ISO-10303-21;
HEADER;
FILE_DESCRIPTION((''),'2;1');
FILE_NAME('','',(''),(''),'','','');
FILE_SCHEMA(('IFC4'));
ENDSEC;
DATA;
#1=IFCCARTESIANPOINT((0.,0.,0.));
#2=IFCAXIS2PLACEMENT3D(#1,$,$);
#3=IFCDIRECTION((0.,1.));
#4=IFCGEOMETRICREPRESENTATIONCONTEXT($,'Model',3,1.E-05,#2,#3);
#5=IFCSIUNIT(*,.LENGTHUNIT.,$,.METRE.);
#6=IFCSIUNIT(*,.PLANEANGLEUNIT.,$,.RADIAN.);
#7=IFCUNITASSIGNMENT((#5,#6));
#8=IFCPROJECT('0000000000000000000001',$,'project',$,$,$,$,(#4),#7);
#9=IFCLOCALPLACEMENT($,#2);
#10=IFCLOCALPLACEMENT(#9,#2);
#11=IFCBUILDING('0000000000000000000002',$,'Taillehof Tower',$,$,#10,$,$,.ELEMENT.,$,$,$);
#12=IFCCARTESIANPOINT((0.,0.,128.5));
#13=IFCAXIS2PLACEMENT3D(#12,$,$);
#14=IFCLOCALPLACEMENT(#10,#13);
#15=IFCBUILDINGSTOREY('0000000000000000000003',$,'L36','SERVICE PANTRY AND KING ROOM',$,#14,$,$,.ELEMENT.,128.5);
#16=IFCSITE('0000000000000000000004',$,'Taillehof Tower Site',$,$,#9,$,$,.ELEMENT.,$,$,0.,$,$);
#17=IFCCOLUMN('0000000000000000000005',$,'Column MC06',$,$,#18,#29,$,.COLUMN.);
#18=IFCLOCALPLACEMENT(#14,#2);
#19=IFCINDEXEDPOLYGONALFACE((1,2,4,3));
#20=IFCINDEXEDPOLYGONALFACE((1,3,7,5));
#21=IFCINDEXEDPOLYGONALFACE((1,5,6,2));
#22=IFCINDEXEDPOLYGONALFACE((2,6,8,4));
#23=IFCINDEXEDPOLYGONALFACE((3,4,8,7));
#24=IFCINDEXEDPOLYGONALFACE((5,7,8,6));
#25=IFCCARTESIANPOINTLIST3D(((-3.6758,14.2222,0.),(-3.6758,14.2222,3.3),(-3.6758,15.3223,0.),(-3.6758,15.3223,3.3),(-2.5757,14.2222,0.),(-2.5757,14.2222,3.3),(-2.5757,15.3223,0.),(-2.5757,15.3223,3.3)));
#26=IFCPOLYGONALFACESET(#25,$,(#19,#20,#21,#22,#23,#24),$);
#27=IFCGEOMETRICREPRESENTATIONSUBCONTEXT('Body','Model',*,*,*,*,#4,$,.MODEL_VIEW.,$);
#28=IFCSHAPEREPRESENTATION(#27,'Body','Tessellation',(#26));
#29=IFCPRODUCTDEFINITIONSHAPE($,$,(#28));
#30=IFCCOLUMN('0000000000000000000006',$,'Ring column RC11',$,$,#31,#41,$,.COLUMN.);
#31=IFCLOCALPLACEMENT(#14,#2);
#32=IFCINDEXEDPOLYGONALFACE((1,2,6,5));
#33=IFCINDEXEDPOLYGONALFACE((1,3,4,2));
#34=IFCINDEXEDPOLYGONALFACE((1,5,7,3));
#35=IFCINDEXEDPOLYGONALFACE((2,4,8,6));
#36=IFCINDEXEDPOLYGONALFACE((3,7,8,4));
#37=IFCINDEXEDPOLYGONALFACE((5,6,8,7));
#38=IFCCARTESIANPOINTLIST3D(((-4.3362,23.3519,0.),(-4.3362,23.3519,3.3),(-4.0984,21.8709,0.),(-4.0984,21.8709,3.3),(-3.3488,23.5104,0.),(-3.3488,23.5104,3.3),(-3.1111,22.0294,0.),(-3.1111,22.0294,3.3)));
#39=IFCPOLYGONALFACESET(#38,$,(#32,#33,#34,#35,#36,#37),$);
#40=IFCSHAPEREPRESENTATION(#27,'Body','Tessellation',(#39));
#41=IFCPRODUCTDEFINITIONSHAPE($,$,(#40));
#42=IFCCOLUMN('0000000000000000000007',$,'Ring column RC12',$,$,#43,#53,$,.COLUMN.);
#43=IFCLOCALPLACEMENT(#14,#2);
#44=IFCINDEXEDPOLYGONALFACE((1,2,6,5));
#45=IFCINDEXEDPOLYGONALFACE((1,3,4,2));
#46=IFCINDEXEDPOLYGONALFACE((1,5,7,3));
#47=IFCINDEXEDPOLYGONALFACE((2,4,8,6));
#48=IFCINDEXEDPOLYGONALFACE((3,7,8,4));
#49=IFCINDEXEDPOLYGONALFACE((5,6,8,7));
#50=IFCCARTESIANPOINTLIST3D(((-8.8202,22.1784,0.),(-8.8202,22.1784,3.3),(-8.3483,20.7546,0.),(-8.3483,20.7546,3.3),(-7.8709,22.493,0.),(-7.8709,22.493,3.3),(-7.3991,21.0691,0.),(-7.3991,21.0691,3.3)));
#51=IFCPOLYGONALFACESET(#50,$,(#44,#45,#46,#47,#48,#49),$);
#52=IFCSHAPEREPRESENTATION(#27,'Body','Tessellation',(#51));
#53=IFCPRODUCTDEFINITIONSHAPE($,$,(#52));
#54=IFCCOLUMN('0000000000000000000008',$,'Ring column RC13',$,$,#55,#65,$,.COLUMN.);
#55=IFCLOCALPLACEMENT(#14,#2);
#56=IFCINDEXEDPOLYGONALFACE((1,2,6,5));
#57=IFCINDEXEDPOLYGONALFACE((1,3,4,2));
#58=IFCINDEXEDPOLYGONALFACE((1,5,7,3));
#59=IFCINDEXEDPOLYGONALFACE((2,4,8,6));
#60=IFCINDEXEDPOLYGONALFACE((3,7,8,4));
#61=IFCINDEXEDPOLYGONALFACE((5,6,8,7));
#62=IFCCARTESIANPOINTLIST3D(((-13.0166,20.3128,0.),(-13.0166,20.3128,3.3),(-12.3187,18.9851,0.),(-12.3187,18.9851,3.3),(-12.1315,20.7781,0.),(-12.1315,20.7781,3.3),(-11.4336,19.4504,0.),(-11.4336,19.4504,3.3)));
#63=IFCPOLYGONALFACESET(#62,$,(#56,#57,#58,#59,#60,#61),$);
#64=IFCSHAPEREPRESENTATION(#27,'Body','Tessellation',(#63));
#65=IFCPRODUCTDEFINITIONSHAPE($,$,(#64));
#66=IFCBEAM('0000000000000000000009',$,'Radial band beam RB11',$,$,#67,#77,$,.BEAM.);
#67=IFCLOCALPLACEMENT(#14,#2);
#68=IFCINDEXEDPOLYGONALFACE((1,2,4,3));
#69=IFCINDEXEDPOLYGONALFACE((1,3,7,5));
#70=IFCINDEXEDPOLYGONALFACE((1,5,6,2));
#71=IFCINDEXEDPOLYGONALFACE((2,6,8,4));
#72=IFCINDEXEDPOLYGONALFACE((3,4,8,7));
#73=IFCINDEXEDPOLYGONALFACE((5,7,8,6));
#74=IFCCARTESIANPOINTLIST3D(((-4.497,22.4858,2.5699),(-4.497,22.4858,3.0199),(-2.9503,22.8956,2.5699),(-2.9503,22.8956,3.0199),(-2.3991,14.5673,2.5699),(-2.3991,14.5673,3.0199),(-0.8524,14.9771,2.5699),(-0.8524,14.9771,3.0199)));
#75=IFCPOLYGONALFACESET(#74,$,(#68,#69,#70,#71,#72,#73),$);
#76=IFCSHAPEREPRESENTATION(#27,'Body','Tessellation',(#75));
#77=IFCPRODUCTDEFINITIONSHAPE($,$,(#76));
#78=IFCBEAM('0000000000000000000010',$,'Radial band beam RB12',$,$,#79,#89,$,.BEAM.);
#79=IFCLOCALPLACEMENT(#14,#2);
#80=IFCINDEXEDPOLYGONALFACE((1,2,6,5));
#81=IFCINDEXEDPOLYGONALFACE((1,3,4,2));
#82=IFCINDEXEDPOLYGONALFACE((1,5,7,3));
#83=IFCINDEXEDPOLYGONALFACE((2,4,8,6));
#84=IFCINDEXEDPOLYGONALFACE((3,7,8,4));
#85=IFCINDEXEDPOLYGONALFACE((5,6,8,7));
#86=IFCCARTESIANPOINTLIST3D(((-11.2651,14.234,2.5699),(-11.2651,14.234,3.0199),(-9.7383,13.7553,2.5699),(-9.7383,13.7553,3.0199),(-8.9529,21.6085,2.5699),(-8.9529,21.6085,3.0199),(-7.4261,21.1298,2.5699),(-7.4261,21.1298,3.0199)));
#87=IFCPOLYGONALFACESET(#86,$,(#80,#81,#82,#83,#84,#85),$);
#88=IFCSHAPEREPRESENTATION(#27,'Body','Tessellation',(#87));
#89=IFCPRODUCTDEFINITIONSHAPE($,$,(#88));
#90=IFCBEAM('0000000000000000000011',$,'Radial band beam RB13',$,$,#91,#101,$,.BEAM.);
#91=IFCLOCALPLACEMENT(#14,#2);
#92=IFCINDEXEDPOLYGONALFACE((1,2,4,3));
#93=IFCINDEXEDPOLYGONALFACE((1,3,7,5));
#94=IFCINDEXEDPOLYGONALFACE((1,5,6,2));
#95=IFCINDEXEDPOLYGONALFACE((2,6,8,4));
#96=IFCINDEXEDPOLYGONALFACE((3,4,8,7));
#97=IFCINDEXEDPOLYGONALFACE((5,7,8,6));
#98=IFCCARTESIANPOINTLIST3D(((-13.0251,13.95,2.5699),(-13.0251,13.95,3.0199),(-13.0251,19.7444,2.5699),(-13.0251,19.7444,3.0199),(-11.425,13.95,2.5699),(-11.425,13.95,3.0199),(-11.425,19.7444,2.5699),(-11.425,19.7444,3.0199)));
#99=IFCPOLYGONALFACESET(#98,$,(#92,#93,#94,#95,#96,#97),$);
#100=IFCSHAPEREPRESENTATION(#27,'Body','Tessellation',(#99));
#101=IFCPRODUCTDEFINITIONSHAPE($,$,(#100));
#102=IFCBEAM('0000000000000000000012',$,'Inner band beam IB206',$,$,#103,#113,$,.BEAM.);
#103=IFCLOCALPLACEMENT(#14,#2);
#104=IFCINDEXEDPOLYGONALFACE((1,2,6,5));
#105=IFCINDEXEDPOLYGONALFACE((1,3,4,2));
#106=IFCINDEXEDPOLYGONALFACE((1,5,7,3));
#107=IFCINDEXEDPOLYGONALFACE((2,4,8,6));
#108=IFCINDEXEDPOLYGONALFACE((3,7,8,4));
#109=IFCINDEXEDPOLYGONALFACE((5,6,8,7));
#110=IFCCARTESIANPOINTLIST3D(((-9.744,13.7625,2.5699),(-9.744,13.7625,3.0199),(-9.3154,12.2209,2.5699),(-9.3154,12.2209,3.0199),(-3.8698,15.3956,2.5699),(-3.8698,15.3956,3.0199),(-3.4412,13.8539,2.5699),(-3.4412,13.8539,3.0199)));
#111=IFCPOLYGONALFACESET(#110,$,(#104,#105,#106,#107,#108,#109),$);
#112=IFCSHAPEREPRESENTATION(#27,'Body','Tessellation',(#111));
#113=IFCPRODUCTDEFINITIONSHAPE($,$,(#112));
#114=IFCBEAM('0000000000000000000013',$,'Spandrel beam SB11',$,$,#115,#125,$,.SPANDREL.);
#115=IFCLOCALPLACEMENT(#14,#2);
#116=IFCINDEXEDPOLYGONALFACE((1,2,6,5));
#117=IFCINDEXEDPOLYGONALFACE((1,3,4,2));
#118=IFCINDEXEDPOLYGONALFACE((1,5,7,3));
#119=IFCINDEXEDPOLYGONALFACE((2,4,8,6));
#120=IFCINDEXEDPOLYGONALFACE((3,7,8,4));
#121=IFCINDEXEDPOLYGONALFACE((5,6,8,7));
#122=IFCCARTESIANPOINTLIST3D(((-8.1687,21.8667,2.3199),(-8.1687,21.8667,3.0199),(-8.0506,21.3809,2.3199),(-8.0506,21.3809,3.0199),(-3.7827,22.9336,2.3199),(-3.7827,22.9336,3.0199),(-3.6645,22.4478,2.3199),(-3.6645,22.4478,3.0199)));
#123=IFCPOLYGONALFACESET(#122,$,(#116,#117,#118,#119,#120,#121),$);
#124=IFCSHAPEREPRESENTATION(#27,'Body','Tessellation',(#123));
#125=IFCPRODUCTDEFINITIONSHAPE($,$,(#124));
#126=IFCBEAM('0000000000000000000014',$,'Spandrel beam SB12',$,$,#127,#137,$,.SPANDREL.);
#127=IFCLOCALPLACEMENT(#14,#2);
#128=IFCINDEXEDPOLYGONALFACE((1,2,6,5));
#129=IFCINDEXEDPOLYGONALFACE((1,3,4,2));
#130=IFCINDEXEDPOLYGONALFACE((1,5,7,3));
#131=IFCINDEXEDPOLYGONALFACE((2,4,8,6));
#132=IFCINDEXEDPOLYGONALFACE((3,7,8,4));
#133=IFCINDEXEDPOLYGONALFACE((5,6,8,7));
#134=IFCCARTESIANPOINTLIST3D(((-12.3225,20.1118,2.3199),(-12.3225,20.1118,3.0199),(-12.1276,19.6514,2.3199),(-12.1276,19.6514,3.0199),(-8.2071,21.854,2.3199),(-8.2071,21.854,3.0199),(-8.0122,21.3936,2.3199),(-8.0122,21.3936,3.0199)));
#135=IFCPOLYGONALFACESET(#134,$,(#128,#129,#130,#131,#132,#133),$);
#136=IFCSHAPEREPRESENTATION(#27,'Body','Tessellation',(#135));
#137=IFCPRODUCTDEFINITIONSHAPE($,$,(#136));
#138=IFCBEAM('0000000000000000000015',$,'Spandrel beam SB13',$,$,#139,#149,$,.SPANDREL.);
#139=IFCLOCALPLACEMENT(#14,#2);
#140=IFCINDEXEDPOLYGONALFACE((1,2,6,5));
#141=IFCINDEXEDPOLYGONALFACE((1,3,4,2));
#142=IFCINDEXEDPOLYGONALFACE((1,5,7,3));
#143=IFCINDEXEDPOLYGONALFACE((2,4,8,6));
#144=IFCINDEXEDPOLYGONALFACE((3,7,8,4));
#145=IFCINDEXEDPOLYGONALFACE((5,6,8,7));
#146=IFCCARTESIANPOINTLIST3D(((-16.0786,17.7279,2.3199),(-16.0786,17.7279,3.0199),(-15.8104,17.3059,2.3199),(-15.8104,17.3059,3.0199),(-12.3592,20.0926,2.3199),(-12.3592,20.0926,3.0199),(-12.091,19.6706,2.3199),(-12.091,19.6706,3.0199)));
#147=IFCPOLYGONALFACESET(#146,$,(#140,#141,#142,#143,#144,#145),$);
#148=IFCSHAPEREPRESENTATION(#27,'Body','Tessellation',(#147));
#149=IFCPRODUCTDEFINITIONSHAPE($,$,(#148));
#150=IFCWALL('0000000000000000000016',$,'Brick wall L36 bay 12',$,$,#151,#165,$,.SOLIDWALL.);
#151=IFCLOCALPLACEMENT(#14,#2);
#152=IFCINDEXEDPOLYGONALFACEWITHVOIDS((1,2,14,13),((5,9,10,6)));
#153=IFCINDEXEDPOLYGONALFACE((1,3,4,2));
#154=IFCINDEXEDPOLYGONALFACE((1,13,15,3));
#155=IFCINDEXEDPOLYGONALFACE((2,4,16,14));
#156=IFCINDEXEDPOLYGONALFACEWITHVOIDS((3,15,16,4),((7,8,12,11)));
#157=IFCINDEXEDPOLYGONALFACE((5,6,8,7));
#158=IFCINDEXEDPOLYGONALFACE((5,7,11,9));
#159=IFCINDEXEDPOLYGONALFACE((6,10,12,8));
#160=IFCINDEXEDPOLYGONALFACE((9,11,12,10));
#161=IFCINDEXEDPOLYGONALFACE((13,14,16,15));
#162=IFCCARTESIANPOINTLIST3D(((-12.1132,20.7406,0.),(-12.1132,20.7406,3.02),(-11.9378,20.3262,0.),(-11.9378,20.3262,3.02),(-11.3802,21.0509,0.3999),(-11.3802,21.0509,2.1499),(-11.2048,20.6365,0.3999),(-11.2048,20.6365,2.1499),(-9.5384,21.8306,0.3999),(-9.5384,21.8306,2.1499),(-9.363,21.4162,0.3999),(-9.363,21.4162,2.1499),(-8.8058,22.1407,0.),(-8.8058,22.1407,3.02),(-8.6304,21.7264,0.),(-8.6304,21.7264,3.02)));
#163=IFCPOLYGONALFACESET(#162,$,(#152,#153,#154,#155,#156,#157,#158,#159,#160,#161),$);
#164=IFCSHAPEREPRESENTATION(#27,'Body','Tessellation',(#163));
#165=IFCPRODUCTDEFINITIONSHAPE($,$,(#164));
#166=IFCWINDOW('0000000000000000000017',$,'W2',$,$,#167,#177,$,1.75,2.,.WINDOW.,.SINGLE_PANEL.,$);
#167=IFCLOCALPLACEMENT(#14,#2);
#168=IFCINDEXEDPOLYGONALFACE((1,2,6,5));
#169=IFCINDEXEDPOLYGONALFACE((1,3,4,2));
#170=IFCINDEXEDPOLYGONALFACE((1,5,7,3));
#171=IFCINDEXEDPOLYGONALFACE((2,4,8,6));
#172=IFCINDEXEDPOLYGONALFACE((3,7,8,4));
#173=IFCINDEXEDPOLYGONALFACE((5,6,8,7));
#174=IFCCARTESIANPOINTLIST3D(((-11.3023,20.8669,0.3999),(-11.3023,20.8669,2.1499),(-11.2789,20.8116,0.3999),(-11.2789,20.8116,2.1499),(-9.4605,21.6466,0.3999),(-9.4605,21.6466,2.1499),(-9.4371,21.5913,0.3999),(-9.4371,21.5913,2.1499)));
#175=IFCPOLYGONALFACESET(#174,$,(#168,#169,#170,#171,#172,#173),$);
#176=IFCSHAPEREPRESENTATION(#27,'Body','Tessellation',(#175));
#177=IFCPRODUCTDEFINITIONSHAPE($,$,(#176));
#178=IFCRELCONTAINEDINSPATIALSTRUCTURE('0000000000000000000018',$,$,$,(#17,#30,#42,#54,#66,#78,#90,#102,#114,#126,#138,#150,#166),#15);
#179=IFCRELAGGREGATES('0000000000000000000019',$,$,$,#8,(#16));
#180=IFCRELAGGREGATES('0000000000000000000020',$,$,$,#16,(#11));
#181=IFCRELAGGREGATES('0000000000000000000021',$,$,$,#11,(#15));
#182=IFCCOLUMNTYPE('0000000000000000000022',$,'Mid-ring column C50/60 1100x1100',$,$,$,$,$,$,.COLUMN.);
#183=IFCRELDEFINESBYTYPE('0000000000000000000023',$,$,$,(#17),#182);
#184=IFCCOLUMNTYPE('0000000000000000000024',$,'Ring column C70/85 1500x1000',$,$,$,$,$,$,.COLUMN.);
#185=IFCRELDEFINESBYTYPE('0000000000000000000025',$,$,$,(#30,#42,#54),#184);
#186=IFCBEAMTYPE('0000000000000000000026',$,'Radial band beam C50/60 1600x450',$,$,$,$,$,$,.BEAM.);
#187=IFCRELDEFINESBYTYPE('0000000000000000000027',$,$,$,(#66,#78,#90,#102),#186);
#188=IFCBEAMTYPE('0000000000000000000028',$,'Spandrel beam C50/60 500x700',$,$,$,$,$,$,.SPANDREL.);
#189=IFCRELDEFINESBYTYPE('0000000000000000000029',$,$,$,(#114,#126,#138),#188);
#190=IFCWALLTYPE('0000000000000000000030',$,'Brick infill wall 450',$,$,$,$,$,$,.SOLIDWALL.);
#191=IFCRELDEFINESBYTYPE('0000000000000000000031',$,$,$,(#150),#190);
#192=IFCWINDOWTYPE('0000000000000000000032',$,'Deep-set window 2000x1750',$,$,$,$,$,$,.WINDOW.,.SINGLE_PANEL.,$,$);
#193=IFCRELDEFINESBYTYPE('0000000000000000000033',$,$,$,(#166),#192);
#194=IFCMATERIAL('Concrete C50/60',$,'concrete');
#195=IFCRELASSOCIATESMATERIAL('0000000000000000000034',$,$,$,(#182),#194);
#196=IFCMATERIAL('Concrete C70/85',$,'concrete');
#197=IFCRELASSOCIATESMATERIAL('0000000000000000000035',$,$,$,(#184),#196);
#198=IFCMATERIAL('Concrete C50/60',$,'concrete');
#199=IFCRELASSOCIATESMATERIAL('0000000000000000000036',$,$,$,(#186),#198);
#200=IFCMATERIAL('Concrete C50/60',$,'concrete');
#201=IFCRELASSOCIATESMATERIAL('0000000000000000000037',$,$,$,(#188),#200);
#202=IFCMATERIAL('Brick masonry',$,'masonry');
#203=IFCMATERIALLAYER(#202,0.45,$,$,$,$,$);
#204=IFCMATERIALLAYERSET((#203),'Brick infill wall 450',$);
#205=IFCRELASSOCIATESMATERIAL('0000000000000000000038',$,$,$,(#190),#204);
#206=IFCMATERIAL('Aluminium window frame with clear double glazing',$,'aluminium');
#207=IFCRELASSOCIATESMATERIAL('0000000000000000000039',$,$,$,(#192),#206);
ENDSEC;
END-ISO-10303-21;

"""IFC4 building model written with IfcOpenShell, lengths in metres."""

from ifc_helpers import new_model, si_unit, direction, frame, frame_2d, origin, origin_2d, place, context, subcontext, project, spatial, rectangle, extrude, material, layer, layer_set, material_profile, profile_set, type_object, element, fill, save


model = new_model("IFC4")

# Units and contexts
model_context = context("Model", 3, precision=1e-05, world=origin(), true_north=direction((0.0, 1.0)))
body_context = subcontext(model_context, "Body", "Model", "MODEL_VIEW")
ifc_project = project(units=[si_unit("LENGTHUNIT", "METRE"), si_unit("PLANEANGLEUNIT", "RADIAN")], contexts=[model_context])

# Site, building, storey
site_placement = place(None, origin())
site = spatial("IfcSite", under=ifc_project, at=site_placement, Name="Taillehof Tower Site", CompositionType="ELEMENT", RefElevation=0.0)
building_placement = place(site_placement, origin())
building = spatial("IfcBuilding", under=site, at=building_placement, Name="Taillehof Tower", CompositionType="ELEMENT")
storey_placement = place(building_placement, frame((0.0, 0.0, 128.5)))
storey = spatial("IfcBuildingStorey", under=building, at=storey_placement, Name="L36", Description="SERVICE PANTRY AND KING ROOM", CompositionType="ELEMENT", Elevation=128.5)

# Columns
ifc_material_1 = material(Name="Concrete C50/60", Category="concrete")
ifc_material_profile_1 = material_profile(ifc_material_1, rectangle(XDim=1.1001, YDim=1.1001, at=origin_2d()), Name="RC 1100x1100")
ifc_profile_set_1 = profile_set([ifc_material_profile_1], Name="Concrete C50/60")
column_type_1 = type_object("IfcColumnType", Name="Mid-ring column C50/60 1100x1100", PredefinedType="COLUMN", material=ifc_profile_set_1)
column_placement = place(storey_placement, frame((-3.1257, 14.7722, 0.0), z_axis=(0.0, 0.0, 1.0), x_axis=(1.0, 0.0, 0.0)))
element("IfcColumn", 1, at=column_placement, inside=storey, type_object=column_type_1, Name="Column MC06", PredefinedType="COLUMN", context=body_context, shape_type="SweptSolid", body=[
    extrude(rectangle(XDim=1.1001, YDim=1.1001, at=origin_2d()), origin(), (0.0, 0.0, 1.0), 3.3),
])
ifc_material_2 = material(Name="Concrete C70/85", Category="concrete")
ifc_material_profile_2 = material_profile(ifc_material_2, rectangle(XDim=1.5, YDim=1.0, at=origin_2d()), Name="RC 1500x1000")
ifc_profile_set_2 = profile_set([ifc_material_profile_2], Name="Concrete C70/85")
column_type_2 = type_object("IfcColumnType", Name="Ring column C70/85 1500x1000", PredefinedType="COLUMN", material=ifc_profile_set_2)
for number, where, z_axis, x_axis, name in (
    (2, (-3.7236, 22.6907, 0.0), (0.0, 0.0, 1.0), (-0.158507, 0.987358, 0.0), "Ring column RC11"),
    (3, (-8.1096, 21.6238, 0.0), (0.0, 0.0, 1.0), (-0.314555, 0.949239, 0.0), "Ring column RC12"),
    (4, (-12.2251, 19.8816, 0.0), (0.0, 0.0, 1.0), (-0.465283, 0.885162, 0.0), "Ring column RC13"),
):
    element("IfcColumn", number, at=place(storey_placement, frame(where, z_axis=z_axis, x_axis=x_axis)), inside=storey, type_object=column_type_2, Name=name, PredefinedType="COLUMN", context=body_context, shape_type="SweptSolid", body=[
        extrude(rectangle(XDim=1.5, YDim=1.0, at=origin_2d()), origin(), (0.0, 0.0, 1.0), 3.3),
    ])

# Beams
ifc_material_3 = material(Name="Concrete C50/60", Category="concrete")
ifc_material_profile_3 = material_profile(ifc_material_3, rectangle(XDim=1.6001, YDim=0.45, at=origin_2d()), Name="RC 1600x450")
ifc_profile_set_3 = profile_set([ifc_material_profile_3], Name="Concrete C50/60")
beam_type_1 = type_object("IfcBeamType", Name="Radial band beam C50/60 1600x450", PredefinedType="BEAM", material=ifc_profile_set_3)
beam_1_placement = place(storey_placement, frame((-3.7236, 22.6907, 2.7949), z_axis=(0.256102, -0.96665, 0.0), x_axis=(0.96665, 0.256102, 0.0)))
element("IfcBeam", 5, at=beam_1_placement, inside=storey, type_object=beam_type_1, Name="Radial band beam RB11", PredefinedType="BEAM", context=body_context, shape_type="SweptSolid", body=[
    extrude(rectangle(XDim=1.6001, YDim=0.45, at=origin_2d()), origin(), (0.0, 0.0, 1.0), 8.1917),
])
beam_2_placement = place(storey_placement, frame((-8.1895, 21.3691, 2.7949), z_axis=(-0.299185, -0.954195, 0.0), x_axis=(0.954195, -0.299185, 0.0)))
element("IfcBeam", 6, at=beam_2_placement, inside=storey, type_object=beam_type_1, Name="Radial band beam RB12", PredefinedType="BEAM", context=body_context, shape_type="SweptSolid", body=[
    extrude(rectangle(XDim=1.6001, YDim=0.45, at=origin_2d()), origin(), (0.0, 0.0, 1.0), 7.7285),
])
beam_3_placement = place(storey_placement, frame((-12.2251, 19.7444, 2.7949), z_axis=(0.0, -1.0, 0.0), x_axis=(1.0, 0.0, 0.0)))
element("IfcBeam", 7, at=beam_3_placement, inside=storey, type_object=beam_type_1, Name="Radial band beam RB13", PredefinedType="BEAM", context=body_context, shape_type="SweptSolid", body=[
    extrude(rectangle(XDim=1.6001, YDim=0.45, at=origin_2d()), origin(), (0.0, 0.0, 1.0), 5.7944),
])
beam_4_placement = place(storey_placement, frame((-3.6555, 14.6248, 2.7949), z_axis=(-0.963459, -0.267855, 0.0), x_axis=(0.267855, -0.963459, 0.0)))
element("IfcBeam", 8, at=beam_4_placement, inside=storey, type_object=beam_type_1, Name="Inner band beam IB206", PredefinedType="BEAM", context=body_context, shape_type="SweptSolid", body=[
    extrude(rectangle(XDim=1.6001, YDim=0.45, at=origin_2d()), origin(), (0.0, 0.0, 1.0), 6.0969),
])
ifc_material_4 = material(Name="Concrete C50/60", Category="concrete")
ifc_material_profile_4 = material_profile(ifc_material_4, rectangle(XDim=0.5, YDim=0.7, at=origin_2d()), Name="RC 500x700")
ifc_profile_set_4 = profile_set([ifc_material_profile_4], Name="Concrete C50/60")
beam_type_2 = type_object("IfcBeamType", Name="Spandrel beam C50/60 500x700", PredefinedType="SPANDREL", material=ifc_profile_set_4)
beam_5_placement = place(storey_placement, frame((-3.7236, 22.6907, 2.6699), z_axis=(-0.971666, -0.236358, 0.0), x_axis=(0.236358, -0.971666, 0.0)))
element("IfcBeam", 9, at=beam_5_placement, inside=storey, type_object=beam_type_2, Name="Spandrel beam SB11", PredefinedType="SPANDREL", context=body_context, shape_type="SweptSolid", body=[
    extrude(rectangle(XDim=0.5, YDim=0.7, at=origin_2d()), origin(), (0.0, 0.0, 1.0), 4.5139),
])
beam_6_placement = place(storey_placement, frame((-8.1096, 21.6238, 2.6699), z_axis=(-0.920885, -0.389834, 0.0), x_axis=(0.389834, -0.920885, 0.0)))
element("IfcBeam", 10, at=beam_6_placement, inside=storey, type_object=beam_type_2, Name="Spandrel beam SB12", PredefinedType="SPANDREL", context=body_context, shape_type="SweptSolid", body=[
    extrude(rectangle(XDim=0.5, YDim=0.7, at=origin_2d()), origin(), (0.0, 0.0, 1.0), 4.469),
])
beam_7_placement = place(storey_placement, frame((-12.2251, 19.8816, 2.6699), z_axis=(-0.843887, -0.536521, 0.0), x_axis=(0.536521, -0.843887, 0.0)))
element("IfcBeam", 11, at=beam_7_placement, inside=storey, type_object=beam_type_2, Name="Spandrel beam SB13", PredefinedType="SPANDREL", context=body_context, shape_type="SweptSolid", body=[
    extrude(rectangle(XDim=0.5, YDim=0.7, at=origin_2d()), origin(), (0.0, 0.0, 1.0), 4.4075),
])

# Wall, opening, window
ifc_material_5 = material(Name="Brick masonry", Category="masonry")
ifc_layer_1 = layer(ifc_material_5, 0.45)
ifc_layer_set_1 = layer_set([ifc_layer_1], Name="Brick infill wall 450")
wall_type_1 = type_object("IfcWallType", Name="Brick infill wall 450", PredefinedType="SOLIDWALL", material=ifc_layer_set_1)
wall_1_placement = place(storey_placement, frame((-8.718, 21.9336, 0.0), z_axis=(0.0, 0.0, 1.0), x_axis=(-0.92088, -0.389846, 0.0)))
wall_1 = element("IfcWall", 12, at=wall_1_placement, inside=storey, type_object=wall_type_1, Name="Brick wall L36 bay 12", PredefinedType="SOLIDWALL", context=body_context, shape_type="SweptSolid", body=[
    extrude(rectangle(XDim=3.5916, YDim=0.45, at=frame_2d((1.7959, 0.0))), origin(), (0.0, 0.0, 1.0), 3.02),
])
opening_1_placement = place(wall_1_placement, frame((0.7957, 0.0, 0.3999)))
opening_1 = element("IfcOpeningElement", 13, at=opening_1_placement, cuts=wall_1, PredefinedType="OPENING", context=body_context, shape_type="SweptSolid", body=[
    extrude(rectangle(XDim=2.0, YDim=1.75, at=frame_2d((1.0, 0.875))), frame((0.0, 0.2349, 0.0), z_axis=(0.0, -1.0, 0.0), x_axis=(1.0, 0.0, 0.0)), (0.0, 0.0, 1.0), 0.47),
])
ifc_material_6 = material(Name="Aluminium window frame with clear double glazing", Category="aluminium")
window_type_1 = type_object("IfcWindowType", Name="Deep-set window 2000x1750", PartitioningType="SINGLE_PANEL", PredefinedType="WINDOW", material=ifc_material_6)
window_1_placement = place(opening_1_placement, origin())
window_1 = element("IfcWindow", 14, at=window_1_placement, inside=storey, type_object=window_type_1, Name="W2", OverallHeight=1.75, OverallWidth=2.0, PartitioningType="SINGLE_PANEL", PredefinedType="WINDOW", context=body_context, shape_type="SweptSolid", body=[
    extrude(rectangle(XDim=2.0, YDim=1.75, at=frame_2d((1.0, 0.875))), frame((0.0, 0.0349, 0.0), z_axis=(0.0, -1.0, 0.0), x_axis=(1.0, 0.0, 0.0)), (0.0, 0.0, 1.0), 0.0601),
])
fill(opening_1, window_1)

save(model, "model.ifc")
